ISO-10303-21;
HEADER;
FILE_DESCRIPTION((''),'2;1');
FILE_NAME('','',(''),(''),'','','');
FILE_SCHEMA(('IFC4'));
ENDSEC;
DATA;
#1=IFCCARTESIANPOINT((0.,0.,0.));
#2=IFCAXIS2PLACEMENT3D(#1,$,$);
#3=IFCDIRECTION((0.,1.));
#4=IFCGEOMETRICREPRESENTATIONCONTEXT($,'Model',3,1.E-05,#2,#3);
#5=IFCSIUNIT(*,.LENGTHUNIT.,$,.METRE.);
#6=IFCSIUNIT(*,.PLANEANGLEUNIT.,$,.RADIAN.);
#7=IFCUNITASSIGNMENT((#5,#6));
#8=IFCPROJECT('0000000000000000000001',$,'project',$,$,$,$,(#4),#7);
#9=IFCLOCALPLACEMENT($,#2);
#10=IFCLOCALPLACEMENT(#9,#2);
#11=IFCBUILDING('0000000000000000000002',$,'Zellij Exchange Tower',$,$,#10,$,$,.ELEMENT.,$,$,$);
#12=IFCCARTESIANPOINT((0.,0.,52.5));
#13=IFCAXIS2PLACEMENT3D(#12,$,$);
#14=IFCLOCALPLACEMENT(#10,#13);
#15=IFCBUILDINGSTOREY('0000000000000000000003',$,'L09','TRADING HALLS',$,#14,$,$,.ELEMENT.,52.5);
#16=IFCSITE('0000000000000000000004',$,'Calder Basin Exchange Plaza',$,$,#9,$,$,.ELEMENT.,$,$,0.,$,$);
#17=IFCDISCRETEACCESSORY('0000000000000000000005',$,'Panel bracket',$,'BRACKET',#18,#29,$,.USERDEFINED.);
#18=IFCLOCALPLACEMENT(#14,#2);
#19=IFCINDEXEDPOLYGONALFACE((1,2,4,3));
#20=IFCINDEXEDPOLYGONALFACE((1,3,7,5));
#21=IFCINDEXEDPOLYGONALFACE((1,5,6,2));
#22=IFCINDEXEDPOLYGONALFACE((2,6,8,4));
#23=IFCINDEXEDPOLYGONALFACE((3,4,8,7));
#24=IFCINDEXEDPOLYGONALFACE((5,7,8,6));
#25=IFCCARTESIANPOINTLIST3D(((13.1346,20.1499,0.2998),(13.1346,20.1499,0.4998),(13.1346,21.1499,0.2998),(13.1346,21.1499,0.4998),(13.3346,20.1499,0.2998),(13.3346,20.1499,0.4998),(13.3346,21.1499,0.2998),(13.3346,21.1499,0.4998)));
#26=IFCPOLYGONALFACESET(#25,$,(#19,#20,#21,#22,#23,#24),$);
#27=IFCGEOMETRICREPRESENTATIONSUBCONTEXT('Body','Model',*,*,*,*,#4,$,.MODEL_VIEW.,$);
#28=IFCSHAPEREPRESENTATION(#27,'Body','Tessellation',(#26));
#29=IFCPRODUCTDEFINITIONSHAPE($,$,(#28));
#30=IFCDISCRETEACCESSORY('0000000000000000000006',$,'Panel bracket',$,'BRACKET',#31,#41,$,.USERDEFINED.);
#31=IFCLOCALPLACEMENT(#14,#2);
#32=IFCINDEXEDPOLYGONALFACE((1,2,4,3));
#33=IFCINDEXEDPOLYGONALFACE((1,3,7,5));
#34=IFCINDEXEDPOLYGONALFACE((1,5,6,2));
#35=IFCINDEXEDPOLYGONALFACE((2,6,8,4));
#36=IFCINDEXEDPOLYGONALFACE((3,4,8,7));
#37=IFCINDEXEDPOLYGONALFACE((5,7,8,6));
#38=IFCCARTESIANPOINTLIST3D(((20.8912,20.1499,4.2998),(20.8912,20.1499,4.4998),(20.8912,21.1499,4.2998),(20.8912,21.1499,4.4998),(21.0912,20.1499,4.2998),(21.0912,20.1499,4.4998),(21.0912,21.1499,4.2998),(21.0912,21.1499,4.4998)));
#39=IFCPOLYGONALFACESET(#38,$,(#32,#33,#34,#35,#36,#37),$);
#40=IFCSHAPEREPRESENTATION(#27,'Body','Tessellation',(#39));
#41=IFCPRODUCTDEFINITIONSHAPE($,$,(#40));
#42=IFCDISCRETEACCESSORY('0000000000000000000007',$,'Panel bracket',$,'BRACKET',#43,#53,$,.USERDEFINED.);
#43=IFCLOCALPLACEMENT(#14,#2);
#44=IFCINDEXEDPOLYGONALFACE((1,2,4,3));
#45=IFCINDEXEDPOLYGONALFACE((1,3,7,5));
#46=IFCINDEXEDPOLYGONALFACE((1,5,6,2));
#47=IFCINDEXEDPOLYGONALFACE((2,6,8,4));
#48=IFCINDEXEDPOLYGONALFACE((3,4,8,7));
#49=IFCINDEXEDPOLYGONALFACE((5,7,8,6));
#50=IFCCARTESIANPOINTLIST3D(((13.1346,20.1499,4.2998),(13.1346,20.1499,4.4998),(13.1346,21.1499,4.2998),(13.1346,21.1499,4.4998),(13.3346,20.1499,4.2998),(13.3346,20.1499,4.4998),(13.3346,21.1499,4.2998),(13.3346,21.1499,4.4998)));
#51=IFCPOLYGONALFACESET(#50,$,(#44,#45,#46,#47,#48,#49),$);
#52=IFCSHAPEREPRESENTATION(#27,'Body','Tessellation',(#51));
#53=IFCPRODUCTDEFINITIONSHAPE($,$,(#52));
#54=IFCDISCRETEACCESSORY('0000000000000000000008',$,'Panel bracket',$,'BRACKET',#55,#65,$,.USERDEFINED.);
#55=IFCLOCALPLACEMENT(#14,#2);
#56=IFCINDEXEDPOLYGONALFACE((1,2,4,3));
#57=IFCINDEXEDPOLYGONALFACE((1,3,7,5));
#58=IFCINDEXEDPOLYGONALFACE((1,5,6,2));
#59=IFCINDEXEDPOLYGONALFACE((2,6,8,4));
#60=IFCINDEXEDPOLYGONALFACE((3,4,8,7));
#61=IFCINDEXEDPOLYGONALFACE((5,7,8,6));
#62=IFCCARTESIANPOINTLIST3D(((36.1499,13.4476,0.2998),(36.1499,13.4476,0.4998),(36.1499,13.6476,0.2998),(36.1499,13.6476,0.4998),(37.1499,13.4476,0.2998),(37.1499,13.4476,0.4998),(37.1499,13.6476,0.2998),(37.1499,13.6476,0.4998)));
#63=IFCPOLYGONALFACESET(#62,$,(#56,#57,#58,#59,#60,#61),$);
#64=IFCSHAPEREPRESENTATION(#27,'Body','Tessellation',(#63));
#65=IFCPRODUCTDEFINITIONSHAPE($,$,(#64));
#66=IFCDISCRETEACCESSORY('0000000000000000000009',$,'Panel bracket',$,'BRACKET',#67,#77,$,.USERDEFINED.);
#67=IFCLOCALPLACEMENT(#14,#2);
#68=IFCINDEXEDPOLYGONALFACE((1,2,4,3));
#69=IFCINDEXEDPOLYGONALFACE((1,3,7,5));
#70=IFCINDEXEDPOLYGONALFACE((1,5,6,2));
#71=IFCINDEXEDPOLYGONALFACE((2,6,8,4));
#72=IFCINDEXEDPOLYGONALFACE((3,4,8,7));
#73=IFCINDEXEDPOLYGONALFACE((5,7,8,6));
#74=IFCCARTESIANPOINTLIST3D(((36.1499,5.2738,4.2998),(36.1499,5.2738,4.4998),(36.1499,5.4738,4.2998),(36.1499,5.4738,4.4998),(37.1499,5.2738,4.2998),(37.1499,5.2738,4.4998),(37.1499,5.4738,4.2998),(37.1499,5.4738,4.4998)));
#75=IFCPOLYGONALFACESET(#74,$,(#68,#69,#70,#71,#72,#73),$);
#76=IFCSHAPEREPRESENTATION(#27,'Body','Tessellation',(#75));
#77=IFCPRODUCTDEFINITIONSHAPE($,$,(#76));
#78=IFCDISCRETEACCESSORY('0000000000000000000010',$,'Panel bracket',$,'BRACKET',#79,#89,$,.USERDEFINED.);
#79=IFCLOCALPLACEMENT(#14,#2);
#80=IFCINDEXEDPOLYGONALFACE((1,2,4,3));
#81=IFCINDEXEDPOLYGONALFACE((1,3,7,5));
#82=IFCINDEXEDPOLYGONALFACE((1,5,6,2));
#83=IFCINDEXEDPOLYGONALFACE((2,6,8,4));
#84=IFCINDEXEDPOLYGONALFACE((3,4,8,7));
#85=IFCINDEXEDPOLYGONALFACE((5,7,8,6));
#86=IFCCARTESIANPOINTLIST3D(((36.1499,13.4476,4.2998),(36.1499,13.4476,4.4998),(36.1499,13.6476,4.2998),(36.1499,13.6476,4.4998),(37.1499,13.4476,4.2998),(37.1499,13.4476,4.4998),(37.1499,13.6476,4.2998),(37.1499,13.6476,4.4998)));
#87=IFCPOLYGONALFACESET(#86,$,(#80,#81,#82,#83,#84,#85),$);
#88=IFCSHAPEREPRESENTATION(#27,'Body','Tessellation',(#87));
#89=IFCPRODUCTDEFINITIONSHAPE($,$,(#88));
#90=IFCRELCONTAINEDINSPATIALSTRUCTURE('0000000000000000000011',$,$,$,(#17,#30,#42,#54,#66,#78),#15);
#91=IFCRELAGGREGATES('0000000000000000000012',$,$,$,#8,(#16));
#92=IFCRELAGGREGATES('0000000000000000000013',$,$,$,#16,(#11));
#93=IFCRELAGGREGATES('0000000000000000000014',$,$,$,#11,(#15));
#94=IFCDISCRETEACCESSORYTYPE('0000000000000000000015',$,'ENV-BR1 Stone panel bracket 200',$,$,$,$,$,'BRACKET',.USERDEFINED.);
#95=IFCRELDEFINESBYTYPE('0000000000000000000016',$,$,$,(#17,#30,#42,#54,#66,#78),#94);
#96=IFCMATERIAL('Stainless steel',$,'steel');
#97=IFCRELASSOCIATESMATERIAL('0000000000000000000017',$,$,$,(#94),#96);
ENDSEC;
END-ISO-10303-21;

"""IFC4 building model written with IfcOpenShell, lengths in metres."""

from ifc_helpers import new_model, si_unit, direction, frame, origin, origin_2d, place, context, subcontext, project, spatial, rectangle, extrude, material, type_object, element, save


model = new_model("IFC4")

# Units and contexts
model_context = context("Model", 3, precision=1e-05, world=origin(), true_north=direction((0.0, 1.0)))
body_context = subcontext(model_context, "Body", "Model", "MODEL_VIEW")
ifc_project = project(units=[si_unit("LENGTHUNIT", "METRE"), si_unit("PLANEANGLEUNIT", "RADIAN")], contexts=[model_context])

# Site, building, storey
site_placement = place(None, origin())
site = spatial("IfcSite", under=ifc_project, at=site_placement, Name="Calder Basin Exchange Plaza", CompositionType="ELEMENT", RefElevation=0.0)
building_placement = place(site_placement, origin())
building = spatial("IfcBuilding", under=site, at=building_placement, Name="Zellij Exchange Tower", CompositionType="ELEMENT")
storey_placement = place(building_placement, frame((0.0, 0.0, 52.5)))
storey = spatial("IfcBuildingStorey", under=building, at=storey_placement, Name="L09", Description="TRADING HALLS", CompositionType="ELEMENT", Elevation=52.5)

# Discrete accessories
ifc_material_1 = material(Name="Stainless steel", Category="steel")
discrete_accessory_type = type_object("IfcDiscreteAccessoryType", Name="ENV-BR1 Stone panel bracket 200", ElementType="BRACKET", PredefinedType="USERDEFINED", material=ifc_material_1)
for number, where, z_axis, x_axis, name in (
    (1, (13.2346, 20.6499, 0.2998), (0.0, 0.0, 1.0), (-1.0, 0.0, 0.0), "Panel bracket"),
    (2, (20.9912, 20.6499, 4.2998), (0.0, 0.0, 1.0), (-1.0, 0.0, 0.0), "Panel bracket"),
    (3, (13.2346, 20.6499, 4.2998), (0.0, 0.0, 1.0), (-1.0, 0.0, 0.0), "Panel bracket"),
    (4, (36.6499, 13.5476, 0.2998), (0.0, 0.0, 1.0), (0.0, 1.0, 0.0), "Panel bracket"),
    (5, (36.6499, 5.3738, 4.2998), (0.0, 0.0, 1.0), (0.0, 1.0, 0.0), "Panel bracket"),
    (6, (36.6499, 13.5476, 4.2998), (0.0, 0.0, 1.0), (0.0, 1.0, 0.0), "Panel bracket"),
):
    element("IfcDiscreteAccessory", number, at=place(storey_placement, frame(where, z_axis=z_axis, x_axis=x_axis)), inside=storey, type_object=discrete_accessory_type, Name=name, ObjectType="BRACKET", PredefinedType="USERDEFINED", context=body_context, shape_type="SweptSolid", body=[
        extrude(rectangle(XDim=0.2, YDim=1.0, at=origin_2d()), origin(), (0.0, 0.0, 1.0), 0.2),
    ])

save(model, "model.ifc")
